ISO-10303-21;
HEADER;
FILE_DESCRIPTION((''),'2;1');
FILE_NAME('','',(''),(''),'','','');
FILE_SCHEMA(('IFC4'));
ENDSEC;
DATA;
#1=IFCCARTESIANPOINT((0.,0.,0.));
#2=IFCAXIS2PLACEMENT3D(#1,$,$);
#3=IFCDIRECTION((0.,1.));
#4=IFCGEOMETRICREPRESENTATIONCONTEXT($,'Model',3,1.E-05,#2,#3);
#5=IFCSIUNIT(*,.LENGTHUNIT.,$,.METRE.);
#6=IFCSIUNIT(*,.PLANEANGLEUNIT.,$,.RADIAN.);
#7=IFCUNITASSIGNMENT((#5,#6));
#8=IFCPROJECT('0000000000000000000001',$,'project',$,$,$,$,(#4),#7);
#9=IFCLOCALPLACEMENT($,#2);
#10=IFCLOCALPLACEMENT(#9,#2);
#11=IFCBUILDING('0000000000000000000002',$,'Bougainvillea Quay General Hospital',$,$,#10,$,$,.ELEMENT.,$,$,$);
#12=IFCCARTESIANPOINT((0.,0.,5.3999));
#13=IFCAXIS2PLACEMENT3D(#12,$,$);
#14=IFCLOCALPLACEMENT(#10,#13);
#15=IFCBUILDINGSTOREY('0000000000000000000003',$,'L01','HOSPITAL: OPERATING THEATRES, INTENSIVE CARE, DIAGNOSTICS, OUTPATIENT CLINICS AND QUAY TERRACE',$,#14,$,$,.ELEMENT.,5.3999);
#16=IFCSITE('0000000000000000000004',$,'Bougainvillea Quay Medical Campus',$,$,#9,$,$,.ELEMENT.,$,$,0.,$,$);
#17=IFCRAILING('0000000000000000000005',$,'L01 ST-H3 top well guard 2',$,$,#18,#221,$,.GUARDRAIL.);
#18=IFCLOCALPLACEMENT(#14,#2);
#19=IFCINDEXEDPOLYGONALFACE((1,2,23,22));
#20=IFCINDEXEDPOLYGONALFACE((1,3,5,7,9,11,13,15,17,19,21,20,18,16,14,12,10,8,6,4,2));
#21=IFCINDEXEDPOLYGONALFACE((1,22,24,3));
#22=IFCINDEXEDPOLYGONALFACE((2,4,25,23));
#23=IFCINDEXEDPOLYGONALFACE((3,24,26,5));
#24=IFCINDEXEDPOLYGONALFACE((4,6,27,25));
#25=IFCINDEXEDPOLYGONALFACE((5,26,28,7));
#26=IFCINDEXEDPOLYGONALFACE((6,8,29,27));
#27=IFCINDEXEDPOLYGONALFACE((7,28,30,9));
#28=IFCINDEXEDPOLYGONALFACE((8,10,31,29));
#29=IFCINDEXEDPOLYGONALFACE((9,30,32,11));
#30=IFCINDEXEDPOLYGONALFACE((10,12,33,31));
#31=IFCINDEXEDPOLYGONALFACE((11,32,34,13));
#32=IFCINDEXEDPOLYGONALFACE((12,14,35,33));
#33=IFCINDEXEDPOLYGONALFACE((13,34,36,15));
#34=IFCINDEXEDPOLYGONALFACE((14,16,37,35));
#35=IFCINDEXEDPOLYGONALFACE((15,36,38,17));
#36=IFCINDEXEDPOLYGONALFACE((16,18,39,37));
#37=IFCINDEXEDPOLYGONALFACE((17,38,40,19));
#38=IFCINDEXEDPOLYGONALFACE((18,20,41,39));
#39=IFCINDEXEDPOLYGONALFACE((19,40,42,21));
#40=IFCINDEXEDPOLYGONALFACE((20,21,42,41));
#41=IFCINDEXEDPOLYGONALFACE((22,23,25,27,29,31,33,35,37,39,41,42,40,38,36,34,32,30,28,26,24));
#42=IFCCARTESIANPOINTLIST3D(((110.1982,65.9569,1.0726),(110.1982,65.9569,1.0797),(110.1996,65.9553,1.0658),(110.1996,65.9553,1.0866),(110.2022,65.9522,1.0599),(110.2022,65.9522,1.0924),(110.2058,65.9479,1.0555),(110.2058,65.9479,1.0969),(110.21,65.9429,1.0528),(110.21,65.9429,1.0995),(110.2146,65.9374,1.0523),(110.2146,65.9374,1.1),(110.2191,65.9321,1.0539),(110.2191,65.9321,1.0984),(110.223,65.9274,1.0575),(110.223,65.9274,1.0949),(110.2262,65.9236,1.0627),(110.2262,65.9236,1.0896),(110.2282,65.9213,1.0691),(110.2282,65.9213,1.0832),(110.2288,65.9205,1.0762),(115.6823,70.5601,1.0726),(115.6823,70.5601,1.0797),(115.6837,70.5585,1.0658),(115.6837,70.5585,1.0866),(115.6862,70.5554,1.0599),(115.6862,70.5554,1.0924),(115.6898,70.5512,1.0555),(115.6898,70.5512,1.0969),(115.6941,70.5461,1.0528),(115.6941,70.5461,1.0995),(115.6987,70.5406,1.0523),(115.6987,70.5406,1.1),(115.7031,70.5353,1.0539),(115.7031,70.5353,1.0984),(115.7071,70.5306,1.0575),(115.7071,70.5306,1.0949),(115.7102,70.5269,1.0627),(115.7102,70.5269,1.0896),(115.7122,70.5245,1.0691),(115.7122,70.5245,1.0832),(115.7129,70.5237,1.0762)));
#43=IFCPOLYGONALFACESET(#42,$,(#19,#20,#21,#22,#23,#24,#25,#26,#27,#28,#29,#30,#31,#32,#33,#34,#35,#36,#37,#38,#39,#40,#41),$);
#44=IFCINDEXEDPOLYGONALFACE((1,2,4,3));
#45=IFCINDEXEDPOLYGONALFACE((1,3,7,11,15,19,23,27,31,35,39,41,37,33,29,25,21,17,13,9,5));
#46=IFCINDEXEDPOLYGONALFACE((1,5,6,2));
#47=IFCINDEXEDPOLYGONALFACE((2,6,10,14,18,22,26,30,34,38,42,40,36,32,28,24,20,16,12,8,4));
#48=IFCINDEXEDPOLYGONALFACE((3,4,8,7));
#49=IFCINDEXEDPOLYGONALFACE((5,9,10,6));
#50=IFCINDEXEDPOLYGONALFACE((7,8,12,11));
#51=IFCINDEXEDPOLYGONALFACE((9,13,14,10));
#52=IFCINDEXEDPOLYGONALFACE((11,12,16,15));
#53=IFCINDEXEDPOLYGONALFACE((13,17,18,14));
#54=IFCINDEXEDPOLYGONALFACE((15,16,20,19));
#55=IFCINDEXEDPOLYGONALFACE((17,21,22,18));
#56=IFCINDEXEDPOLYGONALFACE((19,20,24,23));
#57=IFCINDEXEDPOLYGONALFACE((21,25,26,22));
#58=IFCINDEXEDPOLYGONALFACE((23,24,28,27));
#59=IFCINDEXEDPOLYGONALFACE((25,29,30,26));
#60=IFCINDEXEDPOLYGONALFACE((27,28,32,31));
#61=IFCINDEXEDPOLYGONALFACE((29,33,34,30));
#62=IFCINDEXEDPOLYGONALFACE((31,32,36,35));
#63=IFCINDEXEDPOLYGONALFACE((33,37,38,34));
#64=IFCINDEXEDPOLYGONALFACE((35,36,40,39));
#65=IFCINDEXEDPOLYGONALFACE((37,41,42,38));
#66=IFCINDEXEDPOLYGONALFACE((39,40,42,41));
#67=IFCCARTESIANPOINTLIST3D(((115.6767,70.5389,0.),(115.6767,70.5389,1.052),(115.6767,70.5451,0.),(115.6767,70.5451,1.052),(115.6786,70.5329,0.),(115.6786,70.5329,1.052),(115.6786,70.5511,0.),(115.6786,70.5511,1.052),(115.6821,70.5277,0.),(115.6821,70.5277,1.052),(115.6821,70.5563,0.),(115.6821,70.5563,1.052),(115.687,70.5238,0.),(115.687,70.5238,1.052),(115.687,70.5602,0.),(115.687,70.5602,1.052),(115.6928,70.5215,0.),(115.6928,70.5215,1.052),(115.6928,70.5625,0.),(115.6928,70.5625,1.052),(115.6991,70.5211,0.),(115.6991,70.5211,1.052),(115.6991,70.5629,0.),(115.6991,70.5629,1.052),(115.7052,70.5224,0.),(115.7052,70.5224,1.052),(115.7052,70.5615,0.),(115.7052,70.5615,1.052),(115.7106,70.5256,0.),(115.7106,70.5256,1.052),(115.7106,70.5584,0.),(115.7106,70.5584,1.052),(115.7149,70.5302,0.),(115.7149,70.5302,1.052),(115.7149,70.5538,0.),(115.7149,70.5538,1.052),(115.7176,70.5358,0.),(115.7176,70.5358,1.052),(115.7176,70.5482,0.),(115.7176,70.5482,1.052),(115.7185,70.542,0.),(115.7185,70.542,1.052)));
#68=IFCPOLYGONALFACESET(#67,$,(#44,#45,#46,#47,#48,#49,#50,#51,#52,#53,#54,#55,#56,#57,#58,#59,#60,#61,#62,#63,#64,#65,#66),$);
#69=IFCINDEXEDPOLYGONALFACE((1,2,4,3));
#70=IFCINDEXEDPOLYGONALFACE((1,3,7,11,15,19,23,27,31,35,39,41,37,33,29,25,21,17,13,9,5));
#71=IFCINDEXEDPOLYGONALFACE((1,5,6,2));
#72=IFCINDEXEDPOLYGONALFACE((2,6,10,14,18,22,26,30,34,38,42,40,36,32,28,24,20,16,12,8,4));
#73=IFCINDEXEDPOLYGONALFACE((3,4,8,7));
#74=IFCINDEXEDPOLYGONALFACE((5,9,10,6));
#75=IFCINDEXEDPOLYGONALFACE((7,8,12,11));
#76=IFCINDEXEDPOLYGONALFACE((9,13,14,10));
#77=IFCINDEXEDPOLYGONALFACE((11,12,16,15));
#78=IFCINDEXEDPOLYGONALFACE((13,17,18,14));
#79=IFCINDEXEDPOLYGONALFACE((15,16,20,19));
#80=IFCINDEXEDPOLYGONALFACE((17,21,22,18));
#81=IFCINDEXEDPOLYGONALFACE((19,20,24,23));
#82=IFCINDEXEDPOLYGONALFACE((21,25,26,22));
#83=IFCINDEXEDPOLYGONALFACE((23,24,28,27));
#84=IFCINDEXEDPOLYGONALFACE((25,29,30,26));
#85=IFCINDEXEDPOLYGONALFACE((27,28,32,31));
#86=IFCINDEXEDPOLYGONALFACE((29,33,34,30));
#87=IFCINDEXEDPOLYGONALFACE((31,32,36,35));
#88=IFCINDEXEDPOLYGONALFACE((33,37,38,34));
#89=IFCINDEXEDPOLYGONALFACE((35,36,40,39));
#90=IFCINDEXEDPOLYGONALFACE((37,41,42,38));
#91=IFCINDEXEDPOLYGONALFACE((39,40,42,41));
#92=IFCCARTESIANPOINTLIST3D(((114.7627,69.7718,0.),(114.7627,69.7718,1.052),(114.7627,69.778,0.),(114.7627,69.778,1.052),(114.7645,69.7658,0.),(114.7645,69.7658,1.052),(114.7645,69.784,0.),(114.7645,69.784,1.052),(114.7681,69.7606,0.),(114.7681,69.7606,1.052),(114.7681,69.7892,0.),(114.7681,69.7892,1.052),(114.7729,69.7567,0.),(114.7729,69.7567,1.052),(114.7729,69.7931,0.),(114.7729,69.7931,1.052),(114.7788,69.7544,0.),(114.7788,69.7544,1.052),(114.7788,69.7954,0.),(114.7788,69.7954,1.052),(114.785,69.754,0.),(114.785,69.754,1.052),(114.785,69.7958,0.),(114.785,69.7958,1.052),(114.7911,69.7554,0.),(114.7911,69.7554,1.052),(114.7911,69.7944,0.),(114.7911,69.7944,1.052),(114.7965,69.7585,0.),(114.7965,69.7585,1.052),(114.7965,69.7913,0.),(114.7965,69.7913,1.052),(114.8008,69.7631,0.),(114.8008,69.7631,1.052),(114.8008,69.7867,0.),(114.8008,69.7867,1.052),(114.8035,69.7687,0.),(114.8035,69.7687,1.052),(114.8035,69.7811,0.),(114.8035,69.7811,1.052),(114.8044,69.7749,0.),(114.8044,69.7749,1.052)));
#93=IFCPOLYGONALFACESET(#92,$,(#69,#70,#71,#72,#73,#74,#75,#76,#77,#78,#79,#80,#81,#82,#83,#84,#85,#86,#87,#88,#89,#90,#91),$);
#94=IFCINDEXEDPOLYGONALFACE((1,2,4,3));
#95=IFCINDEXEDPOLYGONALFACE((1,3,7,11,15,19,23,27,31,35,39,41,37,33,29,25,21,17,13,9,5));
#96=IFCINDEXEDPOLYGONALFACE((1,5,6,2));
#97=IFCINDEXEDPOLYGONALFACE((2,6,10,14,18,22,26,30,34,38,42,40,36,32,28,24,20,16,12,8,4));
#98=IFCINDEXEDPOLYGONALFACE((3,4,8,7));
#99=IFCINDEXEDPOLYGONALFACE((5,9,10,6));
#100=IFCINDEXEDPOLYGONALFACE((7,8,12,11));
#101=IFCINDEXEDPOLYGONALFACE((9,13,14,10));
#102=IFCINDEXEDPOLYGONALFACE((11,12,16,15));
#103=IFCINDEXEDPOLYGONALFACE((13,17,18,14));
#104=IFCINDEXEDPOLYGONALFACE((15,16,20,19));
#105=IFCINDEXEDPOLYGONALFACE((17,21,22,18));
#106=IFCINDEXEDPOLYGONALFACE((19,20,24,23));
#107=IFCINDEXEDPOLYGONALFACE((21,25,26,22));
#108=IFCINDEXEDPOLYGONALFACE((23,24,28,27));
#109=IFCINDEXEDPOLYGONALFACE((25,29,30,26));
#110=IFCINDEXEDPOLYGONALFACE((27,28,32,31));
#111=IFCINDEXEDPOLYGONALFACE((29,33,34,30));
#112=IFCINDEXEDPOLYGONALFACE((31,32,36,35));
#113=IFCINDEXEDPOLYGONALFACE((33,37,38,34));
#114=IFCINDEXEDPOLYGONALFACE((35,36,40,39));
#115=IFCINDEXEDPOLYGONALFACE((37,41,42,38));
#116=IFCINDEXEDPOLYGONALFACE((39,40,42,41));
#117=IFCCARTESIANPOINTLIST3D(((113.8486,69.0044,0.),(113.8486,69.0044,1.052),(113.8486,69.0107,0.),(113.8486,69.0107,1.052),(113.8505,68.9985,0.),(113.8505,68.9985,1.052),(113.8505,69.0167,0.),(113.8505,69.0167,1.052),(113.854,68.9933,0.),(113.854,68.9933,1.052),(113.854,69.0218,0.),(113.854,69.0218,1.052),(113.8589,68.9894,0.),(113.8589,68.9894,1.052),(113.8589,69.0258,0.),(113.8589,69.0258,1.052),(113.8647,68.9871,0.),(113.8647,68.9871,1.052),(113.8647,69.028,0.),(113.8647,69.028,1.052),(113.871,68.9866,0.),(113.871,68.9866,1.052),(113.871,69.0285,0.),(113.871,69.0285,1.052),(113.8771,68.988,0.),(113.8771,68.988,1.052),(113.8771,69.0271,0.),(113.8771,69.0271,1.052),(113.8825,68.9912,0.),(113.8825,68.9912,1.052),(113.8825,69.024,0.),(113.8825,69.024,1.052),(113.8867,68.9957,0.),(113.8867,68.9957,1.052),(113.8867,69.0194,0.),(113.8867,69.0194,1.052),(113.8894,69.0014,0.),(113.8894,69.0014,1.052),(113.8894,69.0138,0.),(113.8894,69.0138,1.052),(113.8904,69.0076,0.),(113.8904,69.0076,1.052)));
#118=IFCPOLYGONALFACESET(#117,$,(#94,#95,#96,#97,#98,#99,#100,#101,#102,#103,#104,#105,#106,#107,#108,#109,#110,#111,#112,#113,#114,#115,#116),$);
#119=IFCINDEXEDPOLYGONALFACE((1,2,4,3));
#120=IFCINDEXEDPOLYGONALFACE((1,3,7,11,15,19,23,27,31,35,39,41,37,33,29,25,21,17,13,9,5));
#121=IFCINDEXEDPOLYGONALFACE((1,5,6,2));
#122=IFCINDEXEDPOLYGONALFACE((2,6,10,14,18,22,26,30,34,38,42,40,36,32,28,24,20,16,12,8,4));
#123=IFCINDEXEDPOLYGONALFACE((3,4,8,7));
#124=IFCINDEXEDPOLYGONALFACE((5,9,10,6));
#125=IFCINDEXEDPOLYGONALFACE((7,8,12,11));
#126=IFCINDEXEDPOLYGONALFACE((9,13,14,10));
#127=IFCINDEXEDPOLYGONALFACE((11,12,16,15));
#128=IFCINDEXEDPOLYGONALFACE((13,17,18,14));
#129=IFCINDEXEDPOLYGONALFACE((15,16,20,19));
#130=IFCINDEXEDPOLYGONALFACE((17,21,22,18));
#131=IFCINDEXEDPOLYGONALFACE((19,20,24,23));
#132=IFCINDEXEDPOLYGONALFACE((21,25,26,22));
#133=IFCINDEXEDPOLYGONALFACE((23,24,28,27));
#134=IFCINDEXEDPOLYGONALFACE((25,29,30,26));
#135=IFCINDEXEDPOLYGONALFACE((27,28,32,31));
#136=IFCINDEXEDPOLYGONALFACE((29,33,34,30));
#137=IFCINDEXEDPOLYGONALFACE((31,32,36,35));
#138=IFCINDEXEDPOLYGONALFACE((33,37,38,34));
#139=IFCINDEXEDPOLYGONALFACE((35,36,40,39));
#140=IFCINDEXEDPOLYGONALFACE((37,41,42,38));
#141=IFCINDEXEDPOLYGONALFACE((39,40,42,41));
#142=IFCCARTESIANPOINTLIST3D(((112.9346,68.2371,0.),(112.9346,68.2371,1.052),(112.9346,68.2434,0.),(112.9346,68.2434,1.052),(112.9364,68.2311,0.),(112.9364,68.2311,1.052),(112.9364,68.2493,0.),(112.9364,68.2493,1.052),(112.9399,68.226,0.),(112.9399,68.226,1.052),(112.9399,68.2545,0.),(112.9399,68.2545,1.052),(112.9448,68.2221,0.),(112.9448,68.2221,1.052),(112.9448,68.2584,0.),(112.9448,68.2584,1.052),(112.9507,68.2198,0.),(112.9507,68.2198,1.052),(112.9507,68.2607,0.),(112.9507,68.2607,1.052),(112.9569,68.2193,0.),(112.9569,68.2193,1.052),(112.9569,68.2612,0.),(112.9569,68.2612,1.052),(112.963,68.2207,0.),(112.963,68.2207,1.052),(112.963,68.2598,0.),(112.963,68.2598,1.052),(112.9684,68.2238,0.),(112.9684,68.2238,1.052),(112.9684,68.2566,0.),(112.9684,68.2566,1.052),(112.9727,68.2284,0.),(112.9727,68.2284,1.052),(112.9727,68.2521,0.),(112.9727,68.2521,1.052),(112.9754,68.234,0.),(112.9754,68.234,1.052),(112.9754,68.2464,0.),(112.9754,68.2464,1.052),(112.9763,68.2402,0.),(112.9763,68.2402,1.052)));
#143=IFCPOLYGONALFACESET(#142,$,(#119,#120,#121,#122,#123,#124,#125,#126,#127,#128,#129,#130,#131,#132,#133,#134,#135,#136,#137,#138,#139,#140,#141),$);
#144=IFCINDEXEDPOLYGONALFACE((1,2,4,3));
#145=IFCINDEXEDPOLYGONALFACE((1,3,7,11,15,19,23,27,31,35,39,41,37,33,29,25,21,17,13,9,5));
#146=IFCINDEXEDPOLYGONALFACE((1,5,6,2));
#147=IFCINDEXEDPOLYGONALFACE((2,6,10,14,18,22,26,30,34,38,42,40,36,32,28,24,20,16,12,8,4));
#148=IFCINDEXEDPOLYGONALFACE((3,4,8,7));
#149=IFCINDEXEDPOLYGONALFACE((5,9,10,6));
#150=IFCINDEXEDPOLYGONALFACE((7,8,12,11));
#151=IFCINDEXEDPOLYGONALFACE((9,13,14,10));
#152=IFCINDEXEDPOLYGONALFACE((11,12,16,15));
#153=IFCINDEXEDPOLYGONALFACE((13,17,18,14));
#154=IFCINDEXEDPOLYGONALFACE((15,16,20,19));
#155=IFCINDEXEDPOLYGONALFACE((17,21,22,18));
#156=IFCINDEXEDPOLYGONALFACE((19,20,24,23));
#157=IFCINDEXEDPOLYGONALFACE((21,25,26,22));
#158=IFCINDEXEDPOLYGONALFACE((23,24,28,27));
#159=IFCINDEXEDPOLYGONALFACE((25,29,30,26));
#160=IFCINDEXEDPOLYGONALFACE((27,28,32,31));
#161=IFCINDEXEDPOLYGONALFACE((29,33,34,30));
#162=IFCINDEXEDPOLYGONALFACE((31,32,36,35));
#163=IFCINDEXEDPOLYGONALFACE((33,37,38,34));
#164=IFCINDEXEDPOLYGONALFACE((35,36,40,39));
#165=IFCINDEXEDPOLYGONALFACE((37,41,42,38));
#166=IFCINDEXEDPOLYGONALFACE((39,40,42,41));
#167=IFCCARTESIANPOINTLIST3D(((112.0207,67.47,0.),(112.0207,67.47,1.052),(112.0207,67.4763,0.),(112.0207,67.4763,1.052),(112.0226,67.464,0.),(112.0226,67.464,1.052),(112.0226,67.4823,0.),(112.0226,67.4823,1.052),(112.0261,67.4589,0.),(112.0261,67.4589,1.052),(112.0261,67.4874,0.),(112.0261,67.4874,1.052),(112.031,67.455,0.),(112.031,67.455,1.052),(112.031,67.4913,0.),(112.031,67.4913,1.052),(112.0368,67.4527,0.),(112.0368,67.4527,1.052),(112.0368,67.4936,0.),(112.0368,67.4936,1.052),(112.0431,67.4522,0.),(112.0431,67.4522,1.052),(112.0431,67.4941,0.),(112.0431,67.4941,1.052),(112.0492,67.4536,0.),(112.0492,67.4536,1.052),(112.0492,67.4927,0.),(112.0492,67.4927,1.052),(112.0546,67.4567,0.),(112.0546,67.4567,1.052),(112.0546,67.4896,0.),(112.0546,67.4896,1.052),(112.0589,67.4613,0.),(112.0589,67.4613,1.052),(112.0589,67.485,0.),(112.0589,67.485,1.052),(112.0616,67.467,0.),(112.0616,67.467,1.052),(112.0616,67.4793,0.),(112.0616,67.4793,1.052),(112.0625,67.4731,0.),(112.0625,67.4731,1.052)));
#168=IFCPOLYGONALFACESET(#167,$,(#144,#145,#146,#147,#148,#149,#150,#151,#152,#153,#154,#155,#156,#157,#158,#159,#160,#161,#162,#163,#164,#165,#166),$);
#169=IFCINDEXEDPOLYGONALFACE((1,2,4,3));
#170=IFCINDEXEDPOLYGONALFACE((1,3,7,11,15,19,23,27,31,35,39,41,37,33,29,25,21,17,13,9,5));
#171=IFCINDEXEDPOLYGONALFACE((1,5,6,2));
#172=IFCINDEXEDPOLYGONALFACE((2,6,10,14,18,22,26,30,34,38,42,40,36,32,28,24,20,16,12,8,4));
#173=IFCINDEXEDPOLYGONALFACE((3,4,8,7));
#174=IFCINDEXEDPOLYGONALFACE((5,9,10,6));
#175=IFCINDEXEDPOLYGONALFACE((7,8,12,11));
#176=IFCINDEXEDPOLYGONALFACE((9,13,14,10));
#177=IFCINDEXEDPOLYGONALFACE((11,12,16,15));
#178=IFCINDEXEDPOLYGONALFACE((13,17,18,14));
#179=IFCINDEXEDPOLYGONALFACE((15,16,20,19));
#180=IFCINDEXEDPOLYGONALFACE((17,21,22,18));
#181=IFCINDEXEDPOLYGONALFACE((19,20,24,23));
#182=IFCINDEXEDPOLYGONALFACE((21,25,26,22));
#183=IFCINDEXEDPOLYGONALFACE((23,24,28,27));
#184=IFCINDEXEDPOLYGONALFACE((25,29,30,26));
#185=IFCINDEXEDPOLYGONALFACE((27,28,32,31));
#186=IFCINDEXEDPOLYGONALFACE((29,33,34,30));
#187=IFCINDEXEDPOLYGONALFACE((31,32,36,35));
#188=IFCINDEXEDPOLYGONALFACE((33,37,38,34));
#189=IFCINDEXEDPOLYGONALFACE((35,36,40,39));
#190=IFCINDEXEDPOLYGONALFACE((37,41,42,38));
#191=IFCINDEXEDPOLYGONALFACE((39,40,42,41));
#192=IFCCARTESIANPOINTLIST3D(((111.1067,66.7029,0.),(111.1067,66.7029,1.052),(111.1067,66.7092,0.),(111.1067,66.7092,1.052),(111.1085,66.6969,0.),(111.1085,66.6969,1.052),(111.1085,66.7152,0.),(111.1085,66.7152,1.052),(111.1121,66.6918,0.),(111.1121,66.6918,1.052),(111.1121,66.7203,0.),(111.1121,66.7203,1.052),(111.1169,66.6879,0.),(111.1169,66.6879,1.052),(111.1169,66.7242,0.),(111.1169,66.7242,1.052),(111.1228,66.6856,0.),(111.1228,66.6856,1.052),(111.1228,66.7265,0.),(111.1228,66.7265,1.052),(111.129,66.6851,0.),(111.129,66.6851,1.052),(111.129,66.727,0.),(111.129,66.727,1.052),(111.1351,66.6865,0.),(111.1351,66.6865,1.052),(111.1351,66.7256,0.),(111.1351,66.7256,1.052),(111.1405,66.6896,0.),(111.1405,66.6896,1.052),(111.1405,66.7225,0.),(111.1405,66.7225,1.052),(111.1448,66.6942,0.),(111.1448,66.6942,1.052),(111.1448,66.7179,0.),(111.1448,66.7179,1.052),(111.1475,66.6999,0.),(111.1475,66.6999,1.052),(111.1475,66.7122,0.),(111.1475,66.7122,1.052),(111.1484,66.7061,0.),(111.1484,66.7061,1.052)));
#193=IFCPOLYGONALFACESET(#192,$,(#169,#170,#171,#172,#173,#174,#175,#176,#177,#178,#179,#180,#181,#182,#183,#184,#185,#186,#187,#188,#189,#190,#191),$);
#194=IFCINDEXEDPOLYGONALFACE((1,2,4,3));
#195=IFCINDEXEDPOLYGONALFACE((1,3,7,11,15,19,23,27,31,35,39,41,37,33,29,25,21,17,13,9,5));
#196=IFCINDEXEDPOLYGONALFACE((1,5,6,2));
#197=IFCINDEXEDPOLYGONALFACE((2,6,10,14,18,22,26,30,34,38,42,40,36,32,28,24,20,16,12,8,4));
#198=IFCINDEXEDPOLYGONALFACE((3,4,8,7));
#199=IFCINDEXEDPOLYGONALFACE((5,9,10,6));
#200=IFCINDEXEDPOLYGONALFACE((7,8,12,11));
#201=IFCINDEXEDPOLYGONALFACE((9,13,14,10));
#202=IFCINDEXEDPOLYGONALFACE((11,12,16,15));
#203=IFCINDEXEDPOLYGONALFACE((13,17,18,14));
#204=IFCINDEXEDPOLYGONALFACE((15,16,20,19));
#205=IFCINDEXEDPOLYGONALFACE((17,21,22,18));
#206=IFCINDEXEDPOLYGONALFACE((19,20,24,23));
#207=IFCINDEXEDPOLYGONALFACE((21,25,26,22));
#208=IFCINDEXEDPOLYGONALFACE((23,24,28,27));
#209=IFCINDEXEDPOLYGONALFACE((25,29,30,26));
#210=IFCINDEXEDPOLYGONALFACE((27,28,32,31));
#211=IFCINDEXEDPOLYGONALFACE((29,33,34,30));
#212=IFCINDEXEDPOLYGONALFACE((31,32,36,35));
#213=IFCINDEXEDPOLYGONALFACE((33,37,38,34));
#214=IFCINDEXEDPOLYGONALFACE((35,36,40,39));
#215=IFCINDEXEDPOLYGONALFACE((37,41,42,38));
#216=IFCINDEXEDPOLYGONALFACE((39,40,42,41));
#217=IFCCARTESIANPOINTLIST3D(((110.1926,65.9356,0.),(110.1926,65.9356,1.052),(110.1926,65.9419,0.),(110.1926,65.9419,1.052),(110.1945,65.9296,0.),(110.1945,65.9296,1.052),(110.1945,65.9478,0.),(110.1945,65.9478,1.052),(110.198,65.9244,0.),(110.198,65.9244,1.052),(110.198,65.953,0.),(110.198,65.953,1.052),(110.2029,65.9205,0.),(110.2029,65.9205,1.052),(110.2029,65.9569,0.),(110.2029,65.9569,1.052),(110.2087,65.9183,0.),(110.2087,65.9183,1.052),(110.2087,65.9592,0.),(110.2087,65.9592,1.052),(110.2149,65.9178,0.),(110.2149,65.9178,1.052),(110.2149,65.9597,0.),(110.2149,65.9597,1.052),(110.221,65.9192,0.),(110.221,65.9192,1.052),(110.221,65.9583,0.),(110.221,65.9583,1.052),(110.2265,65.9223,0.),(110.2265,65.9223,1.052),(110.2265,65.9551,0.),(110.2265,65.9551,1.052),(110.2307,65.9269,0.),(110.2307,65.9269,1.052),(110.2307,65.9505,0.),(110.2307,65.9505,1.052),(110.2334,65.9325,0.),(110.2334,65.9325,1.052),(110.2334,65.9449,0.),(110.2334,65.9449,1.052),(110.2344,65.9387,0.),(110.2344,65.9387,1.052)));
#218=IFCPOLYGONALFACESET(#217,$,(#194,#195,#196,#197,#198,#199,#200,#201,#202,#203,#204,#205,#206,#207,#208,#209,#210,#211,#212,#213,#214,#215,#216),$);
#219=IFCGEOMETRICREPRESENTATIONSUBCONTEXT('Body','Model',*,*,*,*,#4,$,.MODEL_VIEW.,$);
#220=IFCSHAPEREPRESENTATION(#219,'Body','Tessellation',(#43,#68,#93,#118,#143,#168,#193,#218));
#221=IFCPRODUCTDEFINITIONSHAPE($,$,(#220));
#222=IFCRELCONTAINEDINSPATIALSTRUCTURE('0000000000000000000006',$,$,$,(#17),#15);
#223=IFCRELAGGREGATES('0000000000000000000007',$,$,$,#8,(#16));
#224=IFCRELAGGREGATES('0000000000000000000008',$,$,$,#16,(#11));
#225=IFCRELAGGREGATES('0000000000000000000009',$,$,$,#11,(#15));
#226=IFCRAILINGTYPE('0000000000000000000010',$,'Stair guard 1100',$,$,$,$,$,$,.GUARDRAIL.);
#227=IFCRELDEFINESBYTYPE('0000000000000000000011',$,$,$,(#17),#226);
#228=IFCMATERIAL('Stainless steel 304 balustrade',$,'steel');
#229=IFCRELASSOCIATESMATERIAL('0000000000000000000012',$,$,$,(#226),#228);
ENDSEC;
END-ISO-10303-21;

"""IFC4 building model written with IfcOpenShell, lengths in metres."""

from ifc_helpers import new_model, si_unit, direction, frame, origin, origin_2d, place, context, subcontext, project, spatial, circle, extrude, material, type_object, element, save


model = new_model("IFC4")

# Units and contexts
model_context = context("Model", 3, precision=1e-05, world=origin(), true_north=direction((0.0, 1.0)))
body_context = subcontext(model_context, "Body", "Model", "MODEL_VIEW")
ifc_project = project(units=[si_unit("LENGTHUNIT", "METRE"), si_unit("PLANEANGLEUNIT", "RADIAN")], contexts=[model_context])

# Site, building, storey
site_placement = place(None, origin())
site = spatial("IfcSite", under=ifc_project, at=site_placement, Name="Bougainvillea Quay Medical Campus", CompositionType="ELEMENT", RefElevation=0.0)
building_placement = place(site_placement, origin())
building = spatial("IfcBuilding", under=site, at=building_placement, Name="Bougainvillea Quay General Hospital", CompositionType="ELEMENT")
storey_placement = place(building_placement, frame((0.0, 0.0, 5.3999)))
storey = spatial("IfcBuildingStorey", under=building, at=storey_placement, Name="L01", Description="HOSPITAL: OPERATING THEATRES, INTENSIVE CARE, DIAGNOSTICS, OUTPATIENT CLINICS AND QUAY TERRACE", CompositionType="ELEMENT", Elevation=5.3999)

# Railing
ifc_material_1 = material(Name="Stainless steel 304 balustrade", Category="steel")
railing_type_1 = type_object("IfcRailingType", Name="Stair guard 1100", PredefinedType="GUARDRAIL", material=ifc_material_1)
railing_1_placement = place(storey_placement, frame((115.6975, 70.542, 0.0)))
element("IfcRailing", 1, at=railing_1_placement, inside=storey, type_object=railing_type_1, Name="L01 ST-H3 top well guard 2", PredefinedType="GUARDRAIL", context=body_context, shape_type="SweptSolid", body=[
    extrude(circle(Radius=0.0239, at=origin_2d()), frame((0.0, 0.0, 1.0762), z_axis=(-0.765939, -0.642914, 0.0), x_axis=(0.642914, -0.765939, 0.0)), (0.0, 0.0, 1.0), 7.1599),
    extrude(circle(Radius=0.021, at=origin_2d()), origin(), (0.0, 0.0, 1.0), 1.052),
    extrude(circle(Radius=0.021, at=origin_2d()), frame((-0.9141, -0.7671, 0.0)), (0.0, 0.0, 1.0), 1.052),
    extrude(circle(Radius=0.021, at=origin_2d()), frame((-1.8281, -1.5344, 0.0)), (0.0, 0.0, 1.0), 1.052),
    extrude(circle(Radius=0.021, at=origin_2d()), frame((-2.7422, -2.3018, 0.0)), (0.0, 0.0, 1.0), 1.052),
    extrude(circle(Radius=0.021, at=origin_2d()), frame((-3.656, -3.0688, 0.0)), (0.0, 0.0, 1.0), 1.052),
    extrude(circle(Radius=0.021, at=origin_2d()), frame((-4.5701, -3.8359, 0.0)), (0.0, 0.0, 1.0), 1.052),
    extrude(circle(Radius=0.021, at=origin_2d()), frame((-5.4841, -4.6033, 0.0)), (0.0, 0.0, 1.0), 1.052),
])

save(model, "model.ifc")
